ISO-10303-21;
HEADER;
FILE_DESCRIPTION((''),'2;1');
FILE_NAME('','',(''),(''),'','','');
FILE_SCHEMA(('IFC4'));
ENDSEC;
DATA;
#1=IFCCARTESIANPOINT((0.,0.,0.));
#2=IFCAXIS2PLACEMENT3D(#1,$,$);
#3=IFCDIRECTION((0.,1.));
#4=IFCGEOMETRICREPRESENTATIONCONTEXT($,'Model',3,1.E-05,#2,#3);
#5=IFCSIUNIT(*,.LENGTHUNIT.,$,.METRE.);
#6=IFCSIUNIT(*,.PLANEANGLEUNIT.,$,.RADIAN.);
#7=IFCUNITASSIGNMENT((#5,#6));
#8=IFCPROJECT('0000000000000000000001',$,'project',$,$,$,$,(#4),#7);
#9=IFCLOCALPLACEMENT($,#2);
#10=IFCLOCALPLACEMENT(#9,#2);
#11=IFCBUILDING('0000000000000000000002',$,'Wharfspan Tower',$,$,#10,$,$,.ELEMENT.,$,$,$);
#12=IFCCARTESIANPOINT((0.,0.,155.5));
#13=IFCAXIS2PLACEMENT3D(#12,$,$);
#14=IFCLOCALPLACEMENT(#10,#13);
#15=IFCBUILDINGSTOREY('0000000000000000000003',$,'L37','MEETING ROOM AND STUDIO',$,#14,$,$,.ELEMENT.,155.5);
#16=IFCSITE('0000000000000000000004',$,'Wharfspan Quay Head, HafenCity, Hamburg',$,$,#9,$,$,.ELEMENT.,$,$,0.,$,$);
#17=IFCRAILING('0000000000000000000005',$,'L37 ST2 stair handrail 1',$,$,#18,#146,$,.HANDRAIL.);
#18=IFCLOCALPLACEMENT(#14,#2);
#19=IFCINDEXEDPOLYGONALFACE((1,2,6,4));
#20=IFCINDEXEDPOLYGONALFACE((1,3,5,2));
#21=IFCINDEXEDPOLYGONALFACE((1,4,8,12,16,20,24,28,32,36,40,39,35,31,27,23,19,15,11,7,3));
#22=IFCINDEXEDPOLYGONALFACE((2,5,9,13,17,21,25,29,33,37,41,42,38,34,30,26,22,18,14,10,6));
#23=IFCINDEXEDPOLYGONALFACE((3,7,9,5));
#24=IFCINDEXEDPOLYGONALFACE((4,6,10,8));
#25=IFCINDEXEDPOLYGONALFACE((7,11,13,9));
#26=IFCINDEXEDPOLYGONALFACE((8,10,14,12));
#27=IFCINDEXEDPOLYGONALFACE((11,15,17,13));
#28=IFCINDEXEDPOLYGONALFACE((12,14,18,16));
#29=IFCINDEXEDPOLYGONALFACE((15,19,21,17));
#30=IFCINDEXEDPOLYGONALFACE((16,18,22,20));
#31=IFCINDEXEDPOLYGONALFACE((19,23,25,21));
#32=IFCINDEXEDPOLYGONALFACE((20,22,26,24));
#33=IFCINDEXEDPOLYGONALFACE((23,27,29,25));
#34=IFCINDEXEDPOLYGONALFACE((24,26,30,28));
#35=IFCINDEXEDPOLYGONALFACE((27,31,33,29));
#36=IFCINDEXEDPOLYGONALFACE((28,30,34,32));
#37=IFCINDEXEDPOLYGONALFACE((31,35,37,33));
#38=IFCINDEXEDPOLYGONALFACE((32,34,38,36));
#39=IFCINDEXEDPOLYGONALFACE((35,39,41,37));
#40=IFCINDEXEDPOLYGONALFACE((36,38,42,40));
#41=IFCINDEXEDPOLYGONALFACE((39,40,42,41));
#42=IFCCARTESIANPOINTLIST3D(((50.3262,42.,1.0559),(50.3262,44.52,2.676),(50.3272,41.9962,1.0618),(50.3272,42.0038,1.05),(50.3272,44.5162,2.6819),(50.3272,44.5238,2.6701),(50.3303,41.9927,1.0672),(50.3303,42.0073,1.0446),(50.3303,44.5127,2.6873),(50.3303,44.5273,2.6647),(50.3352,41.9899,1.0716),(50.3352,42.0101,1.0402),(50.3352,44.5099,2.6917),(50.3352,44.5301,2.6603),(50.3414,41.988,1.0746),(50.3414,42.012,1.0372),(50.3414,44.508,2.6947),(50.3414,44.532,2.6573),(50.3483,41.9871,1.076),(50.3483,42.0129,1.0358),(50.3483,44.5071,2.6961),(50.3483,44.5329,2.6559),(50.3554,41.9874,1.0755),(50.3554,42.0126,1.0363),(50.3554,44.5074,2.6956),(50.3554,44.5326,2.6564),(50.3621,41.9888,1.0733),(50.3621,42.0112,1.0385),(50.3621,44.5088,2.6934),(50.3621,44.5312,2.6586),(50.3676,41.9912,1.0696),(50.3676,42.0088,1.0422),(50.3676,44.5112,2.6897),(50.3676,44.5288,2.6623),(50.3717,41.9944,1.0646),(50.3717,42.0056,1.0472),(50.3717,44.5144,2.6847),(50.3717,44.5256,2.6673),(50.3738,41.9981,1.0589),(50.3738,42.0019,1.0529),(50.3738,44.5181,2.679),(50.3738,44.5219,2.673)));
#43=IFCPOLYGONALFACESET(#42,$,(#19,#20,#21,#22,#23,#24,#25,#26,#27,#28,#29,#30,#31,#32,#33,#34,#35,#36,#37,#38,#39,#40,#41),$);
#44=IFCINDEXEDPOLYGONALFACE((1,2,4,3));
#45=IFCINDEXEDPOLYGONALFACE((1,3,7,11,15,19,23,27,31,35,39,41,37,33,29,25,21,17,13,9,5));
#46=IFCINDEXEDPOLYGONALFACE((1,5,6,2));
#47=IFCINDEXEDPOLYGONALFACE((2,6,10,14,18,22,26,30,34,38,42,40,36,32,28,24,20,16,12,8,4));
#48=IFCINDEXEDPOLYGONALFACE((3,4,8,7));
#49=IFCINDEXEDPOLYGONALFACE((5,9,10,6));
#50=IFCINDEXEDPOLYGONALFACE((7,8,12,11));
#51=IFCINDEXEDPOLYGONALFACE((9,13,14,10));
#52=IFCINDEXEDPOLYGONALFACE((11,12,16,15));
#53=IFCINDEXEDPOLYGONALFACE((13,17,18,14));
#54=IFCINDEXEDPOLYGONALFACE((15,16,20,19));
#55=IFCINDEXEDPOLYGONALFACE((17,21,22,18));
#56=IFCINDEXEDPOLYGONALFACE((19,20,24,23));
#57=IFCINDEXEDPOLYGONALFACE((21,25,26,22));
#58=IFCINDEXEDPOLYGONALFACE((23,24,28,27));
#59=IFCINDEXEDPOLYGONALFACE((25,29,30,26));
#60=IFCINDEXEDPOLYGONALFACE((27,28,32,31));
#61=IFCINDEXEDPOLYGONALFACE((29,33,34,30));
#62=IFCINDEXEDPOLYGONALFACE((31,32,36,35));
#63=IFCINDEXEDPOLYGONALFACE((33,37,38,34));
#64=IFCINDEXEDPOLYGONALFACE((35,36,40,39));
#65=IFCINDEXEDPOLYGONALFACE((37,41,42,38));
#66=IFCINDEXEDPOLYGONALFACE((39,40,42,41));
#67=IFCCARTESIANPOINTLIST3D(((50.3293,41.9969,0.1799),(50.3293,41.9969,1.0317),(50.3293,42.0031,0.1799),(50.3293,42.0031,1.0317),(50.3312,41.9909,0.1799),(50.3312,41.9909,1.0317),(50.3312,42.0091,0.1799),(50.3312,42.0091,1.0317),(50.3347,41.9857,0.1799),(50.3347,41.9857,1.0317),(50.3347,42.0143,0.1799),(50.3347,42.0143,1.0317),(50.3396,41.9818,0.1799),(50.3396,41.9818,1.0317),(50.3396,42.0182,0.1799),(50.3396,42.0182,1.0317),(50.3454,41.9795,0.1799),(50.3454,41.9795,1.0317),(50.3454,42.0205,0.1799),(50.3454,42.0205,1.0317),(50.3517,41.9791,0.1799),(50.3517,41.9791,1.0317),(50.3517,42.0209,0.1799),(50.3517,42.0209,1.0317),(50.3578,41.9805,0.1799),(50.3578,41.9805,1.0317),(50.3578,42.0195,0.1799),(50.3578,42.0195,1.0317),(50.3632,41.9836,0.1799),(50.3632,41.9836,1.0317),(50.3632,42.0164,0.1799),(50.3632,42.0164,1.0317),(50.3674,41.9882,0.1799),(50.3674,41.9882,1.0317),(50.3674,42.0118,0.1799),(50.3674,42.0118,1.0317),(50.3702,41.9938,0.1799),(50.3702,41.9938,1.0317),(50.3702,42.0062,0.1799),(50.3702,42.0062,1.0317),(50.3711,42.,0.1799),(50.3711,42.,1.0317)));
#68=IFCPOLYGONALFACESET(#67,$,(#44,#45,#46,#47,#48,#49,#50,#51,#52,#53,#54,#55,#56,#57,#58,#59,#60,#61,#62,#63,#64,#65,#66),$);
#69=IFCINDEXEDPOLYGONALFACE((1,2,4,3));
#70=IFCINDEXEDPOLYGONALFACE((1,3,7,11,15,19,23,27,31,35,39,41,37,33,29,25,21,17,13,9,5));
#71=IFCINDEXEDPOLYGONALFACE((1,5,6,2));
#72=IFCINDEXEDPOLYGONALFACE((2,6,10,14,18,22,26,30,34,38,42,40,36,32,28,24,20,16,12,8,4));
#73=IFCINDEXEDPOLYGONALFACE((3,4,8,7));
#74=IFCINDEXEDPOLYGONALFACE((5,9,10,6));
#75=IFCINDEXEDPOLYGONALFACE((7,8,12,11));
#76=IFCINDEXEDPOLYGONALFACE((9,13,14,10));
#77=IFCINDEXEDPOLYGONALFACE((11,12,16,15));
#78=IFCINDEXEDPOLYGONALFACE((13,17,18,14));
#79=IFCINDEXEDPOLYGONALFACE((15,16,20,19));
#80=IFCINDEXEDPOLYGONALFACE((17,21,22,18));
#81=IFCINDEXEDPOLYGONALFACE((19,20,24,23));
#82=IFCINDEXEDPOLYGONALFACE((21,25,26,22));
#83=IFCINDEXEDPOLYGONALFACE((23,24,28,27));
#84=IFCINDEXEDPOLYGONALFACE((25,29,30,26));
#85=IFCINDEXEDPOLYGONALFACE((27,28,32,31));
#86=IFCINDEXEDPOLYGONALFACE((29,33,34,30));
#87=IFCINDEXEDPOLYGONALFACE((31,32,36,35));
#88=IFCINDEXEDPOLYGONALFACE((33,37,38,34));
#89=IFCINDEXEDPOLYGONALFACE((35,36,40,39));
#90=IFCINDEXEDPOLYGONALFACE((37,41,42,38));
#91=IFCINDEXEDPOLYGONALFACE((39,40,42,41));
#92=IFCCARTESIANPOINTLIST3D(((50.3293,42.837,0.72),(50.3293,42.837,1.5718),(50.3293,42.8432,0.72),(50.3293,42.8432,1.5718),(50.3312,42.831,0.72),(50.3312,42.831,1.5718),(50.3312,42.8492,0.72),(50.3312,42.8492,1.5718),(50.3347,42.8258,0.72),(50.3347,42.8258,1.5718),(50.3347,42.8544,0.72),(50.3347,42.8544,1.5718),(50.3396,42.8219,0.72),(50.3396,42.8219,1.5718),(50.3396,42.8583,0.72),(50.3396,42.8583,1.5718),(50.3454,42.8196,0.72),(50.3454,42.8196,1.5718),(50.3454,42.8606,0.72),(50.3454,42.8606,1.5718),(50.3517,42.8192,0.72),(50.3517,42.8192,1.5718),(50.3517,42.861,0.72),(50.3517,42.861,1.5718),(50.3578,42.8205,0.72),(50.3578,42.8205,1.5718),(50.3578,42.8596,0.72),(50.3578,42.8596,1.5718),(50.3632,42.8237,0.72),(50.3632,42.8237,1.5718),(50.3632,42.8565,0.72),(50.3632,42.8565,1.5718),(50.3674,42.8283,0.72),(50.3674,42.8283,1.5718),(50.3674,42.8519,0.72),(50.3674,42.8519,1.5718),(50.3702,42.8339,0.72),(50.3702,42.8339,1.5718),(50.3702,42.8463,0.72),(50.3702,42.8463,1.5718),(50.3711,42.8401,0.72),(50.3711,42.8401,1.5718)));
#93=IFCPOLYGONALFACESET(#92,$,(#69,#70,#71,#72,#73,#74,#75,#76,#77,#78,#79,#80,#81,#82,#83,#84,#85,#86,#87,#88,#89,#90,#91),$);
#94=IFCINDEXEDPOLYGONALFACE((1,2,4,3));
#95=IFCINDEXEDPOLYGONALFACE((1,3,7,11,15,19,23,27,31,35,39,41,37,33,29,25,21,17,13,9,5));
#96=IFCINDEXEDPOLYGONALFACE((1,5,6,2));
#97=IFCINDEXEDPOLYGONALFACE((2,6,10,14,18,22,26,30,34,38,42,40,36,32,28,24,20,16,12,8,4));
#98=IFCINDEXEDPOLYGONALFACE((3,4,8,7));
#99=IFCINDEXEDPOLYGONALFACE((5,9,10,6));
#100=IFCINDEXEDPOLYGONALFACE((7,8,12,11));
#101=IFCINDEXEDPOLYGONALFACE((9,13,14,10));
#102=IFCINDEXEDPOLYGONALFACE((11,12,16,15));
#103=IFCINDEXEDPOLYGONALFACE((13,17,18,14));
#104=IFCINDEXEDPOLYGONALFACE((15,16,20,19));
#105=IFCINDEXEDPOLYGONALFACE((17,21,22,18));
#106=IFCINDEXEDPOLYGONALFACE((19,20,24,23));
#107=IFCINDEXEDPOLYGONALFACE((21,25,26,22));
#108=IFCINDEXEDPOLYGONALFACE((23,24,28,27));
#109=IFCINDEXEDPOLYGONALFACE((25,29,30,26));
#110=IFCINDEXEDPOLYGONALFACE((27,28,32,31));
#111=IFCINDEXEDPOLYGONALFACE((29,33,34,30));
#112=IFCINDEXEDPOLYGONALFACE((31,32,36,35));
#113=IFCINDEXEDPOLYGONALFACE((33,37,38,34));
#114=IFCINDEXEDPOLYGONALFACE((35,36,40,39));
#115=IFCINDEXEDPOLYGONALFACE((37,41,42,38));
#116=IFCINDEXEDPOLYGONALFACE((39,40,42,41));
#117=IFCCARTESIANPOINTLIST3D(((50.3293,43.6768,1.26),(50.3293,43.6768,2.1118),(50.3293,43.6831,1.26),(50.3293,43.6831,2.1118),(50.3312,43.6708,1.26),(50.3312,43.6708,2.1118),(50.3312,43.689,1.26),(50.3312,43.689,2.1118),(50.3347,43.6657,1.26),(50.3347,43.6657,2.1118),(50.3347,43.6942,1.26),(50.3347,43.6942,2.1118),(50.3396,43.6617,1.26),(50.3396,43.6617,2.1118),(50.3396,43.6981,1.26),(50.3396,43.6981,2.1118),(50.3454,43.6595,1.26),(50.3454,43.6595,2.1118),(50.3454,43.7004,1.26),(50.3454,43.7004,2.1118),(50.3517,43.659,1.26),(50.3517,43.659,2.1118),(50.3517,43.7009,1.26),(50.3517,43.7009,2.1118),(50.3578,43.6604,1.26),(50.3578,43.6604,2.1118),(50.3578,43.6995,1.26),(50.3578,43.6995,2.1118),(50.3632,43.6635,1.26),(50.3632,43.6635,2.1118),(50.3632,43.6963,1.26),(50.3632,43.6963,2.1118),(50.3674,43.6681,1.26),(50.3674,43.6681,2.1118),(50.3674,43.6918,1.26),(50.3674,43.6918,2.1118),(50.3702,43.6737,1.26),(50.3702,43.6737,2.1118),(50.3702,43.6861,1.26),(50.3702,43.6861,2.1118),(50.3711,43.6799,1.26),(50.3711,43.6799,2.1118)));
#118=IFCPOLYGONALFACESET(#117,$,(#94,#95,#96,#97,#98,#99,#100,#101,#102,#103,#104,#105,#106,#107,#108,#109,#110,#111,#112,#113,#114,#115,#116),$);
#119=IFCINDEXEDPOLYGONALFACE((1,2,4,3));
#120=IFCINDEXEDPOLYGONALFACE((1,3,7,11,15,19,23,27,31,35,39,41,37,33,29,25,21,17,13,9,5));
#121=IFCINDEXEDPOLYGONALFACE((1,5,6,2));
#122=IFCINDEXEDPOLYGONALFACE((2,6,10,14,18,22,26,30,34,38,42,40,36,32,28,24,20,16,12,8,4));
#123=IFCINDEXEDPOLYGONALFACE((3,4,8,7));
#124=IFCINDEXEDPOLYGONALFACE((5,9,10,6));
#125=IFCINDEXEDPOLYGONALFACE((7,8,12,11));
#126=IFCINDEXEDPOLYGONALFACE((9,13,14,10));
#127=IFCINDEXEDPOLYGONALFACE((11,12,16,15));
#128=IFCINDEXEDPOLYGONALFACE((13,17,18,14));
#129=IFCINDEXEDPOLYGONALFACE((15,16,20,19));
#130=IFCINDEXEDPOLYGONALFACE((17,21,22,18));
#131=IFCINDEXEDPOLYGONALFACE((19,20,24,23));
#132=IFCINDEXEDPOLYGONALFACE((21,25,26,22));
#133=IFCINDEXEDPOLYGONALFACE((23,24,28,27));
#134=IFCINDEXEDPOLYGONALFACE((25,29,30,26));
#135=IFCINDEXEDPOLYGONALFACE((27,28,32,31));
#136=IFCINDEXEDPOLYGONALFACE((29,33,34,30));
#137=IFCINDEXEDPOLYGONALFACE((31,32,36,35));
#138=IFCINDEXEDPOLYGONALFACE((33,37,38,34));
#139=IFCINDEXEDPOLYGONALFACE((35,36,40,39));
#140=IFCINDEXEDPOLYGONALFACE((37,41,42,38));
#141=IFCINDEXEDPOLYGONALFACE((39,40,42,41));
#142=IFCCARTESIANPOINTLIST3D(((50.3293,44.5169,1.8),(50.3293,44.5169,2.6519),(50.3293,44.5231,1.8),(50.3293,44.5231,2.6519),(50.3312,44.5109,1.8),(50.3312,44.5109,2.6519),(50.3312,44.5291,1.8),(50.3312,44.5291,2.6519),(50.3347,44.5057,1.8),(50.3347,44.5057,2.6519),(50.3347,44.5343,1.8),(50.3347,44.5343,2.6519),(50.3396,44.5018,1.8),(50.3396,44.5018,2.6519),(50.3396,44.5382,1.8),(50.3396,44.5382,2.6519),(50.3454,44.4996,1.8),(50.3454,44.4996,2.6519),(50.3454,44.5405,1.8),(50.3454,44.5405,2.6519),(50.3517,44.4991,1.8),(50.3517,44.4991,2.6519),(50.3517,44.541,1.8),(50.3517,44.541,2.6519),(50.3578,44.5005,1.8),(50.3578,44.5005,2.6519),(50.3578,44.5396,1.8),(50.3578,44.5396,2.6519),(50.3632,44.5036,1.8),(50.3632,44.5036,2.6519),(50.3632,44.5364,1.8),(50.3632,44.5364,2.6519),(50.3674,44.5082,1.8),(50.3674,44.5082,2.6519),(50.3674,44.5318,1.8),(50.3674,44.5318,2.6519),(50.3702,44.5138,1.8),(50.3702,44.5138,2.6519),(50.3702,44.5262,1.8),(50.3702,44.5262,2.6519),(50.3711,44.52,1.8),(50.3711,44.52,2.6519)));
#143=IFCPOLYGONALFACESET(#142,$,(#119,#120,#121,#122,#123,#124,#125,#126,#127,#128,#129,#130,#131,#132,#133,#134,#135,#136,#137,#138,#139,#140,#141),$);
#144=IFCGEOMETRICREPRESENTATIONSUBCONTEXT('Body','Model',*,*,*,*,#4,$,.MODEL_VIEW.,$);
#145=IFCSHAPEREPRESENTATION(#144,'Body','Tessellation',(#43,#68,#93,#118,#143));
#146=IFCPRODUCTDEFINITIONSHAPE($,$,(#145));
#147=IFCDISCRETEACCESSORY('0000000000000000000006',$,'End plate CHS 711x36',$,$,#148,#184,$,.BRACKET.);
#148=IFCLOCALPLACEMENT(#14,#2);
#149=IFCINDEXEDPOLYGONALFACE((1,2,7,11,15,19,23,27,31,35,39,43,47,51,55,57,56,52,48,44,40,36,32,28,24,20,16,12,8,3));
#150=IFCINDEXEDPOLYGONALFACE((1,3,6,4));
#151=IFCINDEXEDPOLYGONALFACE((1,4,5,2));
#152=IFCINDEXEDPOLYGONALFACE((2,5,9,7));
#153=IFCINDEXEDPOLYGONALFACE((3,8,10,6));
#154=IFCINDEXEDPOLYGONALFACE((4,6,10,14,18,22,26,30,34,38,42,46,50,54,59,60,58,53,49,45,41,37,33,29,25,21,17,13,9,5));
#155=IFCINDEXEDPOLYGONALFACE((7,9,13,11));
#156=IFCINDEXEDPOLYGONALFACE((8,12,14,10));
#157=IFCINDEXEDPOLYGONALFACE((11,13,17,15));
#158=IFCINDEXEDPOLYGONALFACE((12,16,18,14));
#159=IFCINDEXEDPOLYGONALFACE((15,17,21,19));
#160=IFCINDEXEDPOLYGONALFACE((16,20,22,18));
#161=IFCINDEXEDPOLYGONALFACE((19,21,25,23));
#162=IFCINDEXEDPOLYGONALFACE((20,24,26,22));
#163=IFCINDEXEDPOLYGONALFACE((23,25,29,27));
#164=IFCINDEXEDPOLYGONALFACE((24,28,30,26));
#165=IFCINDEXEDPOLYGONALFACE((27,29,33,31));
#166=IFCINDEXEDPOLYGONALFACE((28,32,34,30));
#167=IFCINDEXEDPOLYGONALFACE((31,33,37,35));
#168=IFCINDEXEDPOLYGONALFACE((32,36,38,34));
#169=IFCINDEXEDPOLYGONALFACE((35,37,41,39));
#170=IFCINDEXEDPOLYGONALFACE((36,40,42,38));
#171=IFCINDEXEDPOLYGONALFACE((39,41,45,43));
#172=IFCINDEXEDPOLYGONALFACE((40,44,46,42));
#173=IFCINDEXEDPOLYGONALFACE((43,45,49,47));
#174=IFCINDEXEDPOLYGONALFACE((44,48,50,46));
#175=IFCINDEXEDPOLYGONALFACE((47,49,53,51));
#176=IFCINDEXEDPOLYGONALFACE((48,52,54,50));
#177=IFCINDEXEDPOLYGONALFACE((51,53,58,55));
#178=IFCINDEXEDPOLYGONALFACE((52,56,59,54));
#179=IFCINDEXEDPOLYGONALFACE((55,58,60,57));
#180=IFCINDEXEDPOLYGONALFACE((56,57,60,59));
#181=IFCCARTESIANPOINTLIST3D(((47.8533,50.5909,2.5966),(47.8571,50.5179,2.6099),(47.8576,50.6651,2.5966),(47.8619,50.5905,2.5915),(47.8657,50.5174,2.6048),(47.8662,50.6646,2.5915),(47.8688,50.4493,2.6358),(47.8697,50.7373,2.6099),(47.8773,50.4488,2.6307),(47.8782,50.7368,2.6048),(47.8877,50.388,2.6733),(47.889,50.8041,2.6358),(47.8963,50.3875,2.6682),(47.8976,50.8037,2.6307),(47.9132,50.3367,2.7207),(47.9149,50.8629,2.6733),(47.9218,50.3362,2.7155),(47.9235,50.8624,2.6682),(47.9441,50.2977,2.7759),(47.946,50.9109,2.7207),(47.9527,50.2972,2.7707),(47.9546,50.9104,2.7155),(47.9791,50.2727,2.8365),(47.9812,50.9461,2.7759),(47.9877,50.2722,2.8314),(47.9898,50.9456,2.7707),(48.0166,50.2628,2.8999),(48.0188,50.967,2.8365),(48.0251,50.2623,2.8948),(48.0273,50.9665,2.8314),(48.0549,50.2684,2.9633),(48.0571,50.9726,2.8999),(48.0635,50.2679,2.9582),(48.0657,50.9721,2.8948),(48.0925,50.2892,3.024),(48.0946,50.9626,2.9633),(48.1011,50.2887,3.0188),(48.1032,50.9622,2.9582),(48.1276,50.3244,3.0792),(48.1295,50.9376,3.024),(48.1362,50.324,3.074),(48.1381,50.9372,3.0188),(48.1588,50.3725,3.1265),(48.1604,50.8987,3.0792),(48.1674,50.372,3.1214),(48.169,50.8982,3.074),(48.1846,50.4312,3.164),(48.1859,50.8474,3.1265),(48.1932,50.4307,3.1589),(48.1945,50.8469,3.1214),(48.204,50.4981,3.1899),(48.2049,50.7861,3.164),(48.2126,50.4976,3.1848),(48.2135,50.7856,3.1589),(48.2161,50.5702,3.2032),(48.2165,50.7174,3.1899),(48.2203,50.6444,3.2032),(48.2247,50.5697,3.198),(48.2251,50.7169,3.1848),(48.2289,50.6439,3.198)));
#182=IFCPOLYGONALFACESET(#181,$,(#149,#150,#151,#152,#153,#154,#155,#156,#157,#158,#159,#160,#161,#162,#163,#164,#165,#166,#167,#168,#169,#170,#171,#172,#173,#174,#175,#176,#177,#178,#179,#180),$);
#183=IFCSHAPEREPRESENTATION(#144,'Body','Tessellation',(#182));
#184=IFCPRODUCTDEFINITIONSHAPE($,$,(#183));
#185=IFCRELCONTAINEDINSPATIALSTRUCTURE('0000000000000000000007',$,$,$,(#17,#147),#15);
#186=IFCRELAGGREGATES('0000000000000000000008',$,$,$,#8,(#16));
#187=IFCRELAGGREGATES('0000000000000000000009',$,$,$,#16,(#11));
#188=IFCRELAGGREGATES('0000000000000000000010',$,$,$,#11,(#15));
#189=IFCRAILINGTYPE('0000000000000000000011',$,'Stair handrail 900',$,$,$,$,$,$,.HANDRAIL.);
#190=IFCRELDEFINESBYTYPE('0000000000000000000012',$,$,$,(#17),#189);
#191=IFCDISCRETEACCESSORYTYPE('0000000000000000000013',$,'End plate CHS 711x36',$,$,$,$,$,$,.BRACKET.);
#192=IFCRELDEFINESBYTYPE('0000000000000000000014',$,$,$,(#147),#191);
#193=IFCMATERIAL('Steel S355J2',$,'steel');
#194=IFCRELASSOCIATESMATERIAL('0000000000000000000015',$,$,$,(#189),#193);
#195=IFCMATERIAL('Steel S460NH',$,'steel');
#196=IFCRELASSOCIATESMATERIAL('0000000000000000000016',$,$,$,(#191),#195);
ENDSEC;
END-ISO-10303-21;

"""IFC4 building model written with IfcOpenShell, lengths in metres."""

from ifc_helpers import new_model, si_unit, direction, frame, origin, origin_2d, place, context, subcontext, project, spatial, circle, extrude, material, material_profile, profile_set, type_object, element, save


model = new_model("IFC4")

# Units and contexts
model_context = context("Model", 3, precision=1e-05, world=origin(), true_north=direction((0.0, 1.0)))
body_context = subcontext(model_context, "Body", "Model", "MODEL_VIEW")
ifc_project = project(units=[si_unit("LENGTHUNIT", "METRE"), si_unit("PLANEANGLEUNIT", "RADIAN")], contexts=[model_context])

# Site, building, storey
site_placement = place(None, origin())
site = spatial("IfcSite", under=ifc_project, at=site_placement, Name="Wharfspan Quay Head, HafenCity, Hamburg", CompositionType="ELEMENT", RefElevation=0.0)
building_placement = place(site_placement, origin())
building = spatial("IfcBuilding", under=site, at=building_placement, Name="Wharfspan Tower", CompositionType="ELEMENT")
storey_placement = place(building_placement, frame((0.0, 0.0, 155.5)))
storey = spatial("IfcBuildingStorey", under=building, at=storey_placement, Name="L37", Description="MEETING ROOM AND STUDIO", CompositionType="ELEMENT", Elevation=155.5)

# Railing
ifc_material_1 = material(Name="Steel S355J2", Category="steel")
railing_type_1 = type_object("IfcRailingType", Name="Stair handrail 900", PredefinedType="HANDRAIL", material=ifc_material_1)
railing_1_placement = place(storey_placement, frame((50.3501, 42.0, 0.1799)))
element("IfcRailing", 1, at=railing_1_placement, inside=storey, type_object=railing_type_1, Name="L37 ST2 stair handrail 1", PredefinedType="HANDRAIL", context=body_context, shape_type="SweptSolid", body=[
    extrude(circle(Radius=0.0239, at=origin_2d()), frame((0.0, 0.0, 0.876), z_axis=(0.0, 0.841163, 0.540782), x_axis=(-1.0, 0.0, 0.0)), (0.0, 0.0, 1.0), 2.9958),
    extrude(circle(Radius=0.021, at=origin_2d()), origin(), (0.0, 0.0, 1.0), 0.8518),
    extrude(circle(Radius=0.021, at=origin_2d()), frame((0.0, 0.8401, 0.54)), (0.0, 0.0, 1.0), 0.8518),
    extrude(circle(Radius=0.021, at=origin_2d()), frame((0.0, 1.6799, 1.0801)), (0.0, 0.0, 1.0), 0.8518),
    extrude(circle(Radius=0.021, at=origin_2d()), frame((0.0, 2.52, 1.6201)), (0.0, 0.0, 1.0), 0.8518),
])

# Discrete accessory
ifc_material_2 = material(Name="Steel S460NH", Category="steel")
ifc_material_profile_1 = material_profile(ifc_material_2, circle(Radius=0.3555, at=origin_2d()))
ifc_profile_set_1 = profile_set([ifc_material_profile_1], Name="Steel S460NH")
discrete_accessory_type = type_object("IfcDiscreteAccessoryType", Name="End plate CHS 711x36", PredefinedType="BRACKET", material=ifc_profile_set_1)
discrete_accessory_placement = place(storey_placement, frame((48.0454, 50.6172, 2.8948), z_axis=(-0.856465, 0.048941, 0.513879), x_axis=(-0.05705, -0.998372, 0.0)))
element("IfcDiscreteAccessory", 2, at=discrete_accessory_placement, inside=storey, type_object=discrete_accessory_type, Name="End plate CHS 711x36", PredefinedType="BRACKET", context=body_context, shape_type="SweptSolid", body=[
    extrude(circle(Radius=0.3555, at=origin_2d()), origin(), (0.0, 0.0, 1.0), 0.01),
])

save(model, "model.ifc")
